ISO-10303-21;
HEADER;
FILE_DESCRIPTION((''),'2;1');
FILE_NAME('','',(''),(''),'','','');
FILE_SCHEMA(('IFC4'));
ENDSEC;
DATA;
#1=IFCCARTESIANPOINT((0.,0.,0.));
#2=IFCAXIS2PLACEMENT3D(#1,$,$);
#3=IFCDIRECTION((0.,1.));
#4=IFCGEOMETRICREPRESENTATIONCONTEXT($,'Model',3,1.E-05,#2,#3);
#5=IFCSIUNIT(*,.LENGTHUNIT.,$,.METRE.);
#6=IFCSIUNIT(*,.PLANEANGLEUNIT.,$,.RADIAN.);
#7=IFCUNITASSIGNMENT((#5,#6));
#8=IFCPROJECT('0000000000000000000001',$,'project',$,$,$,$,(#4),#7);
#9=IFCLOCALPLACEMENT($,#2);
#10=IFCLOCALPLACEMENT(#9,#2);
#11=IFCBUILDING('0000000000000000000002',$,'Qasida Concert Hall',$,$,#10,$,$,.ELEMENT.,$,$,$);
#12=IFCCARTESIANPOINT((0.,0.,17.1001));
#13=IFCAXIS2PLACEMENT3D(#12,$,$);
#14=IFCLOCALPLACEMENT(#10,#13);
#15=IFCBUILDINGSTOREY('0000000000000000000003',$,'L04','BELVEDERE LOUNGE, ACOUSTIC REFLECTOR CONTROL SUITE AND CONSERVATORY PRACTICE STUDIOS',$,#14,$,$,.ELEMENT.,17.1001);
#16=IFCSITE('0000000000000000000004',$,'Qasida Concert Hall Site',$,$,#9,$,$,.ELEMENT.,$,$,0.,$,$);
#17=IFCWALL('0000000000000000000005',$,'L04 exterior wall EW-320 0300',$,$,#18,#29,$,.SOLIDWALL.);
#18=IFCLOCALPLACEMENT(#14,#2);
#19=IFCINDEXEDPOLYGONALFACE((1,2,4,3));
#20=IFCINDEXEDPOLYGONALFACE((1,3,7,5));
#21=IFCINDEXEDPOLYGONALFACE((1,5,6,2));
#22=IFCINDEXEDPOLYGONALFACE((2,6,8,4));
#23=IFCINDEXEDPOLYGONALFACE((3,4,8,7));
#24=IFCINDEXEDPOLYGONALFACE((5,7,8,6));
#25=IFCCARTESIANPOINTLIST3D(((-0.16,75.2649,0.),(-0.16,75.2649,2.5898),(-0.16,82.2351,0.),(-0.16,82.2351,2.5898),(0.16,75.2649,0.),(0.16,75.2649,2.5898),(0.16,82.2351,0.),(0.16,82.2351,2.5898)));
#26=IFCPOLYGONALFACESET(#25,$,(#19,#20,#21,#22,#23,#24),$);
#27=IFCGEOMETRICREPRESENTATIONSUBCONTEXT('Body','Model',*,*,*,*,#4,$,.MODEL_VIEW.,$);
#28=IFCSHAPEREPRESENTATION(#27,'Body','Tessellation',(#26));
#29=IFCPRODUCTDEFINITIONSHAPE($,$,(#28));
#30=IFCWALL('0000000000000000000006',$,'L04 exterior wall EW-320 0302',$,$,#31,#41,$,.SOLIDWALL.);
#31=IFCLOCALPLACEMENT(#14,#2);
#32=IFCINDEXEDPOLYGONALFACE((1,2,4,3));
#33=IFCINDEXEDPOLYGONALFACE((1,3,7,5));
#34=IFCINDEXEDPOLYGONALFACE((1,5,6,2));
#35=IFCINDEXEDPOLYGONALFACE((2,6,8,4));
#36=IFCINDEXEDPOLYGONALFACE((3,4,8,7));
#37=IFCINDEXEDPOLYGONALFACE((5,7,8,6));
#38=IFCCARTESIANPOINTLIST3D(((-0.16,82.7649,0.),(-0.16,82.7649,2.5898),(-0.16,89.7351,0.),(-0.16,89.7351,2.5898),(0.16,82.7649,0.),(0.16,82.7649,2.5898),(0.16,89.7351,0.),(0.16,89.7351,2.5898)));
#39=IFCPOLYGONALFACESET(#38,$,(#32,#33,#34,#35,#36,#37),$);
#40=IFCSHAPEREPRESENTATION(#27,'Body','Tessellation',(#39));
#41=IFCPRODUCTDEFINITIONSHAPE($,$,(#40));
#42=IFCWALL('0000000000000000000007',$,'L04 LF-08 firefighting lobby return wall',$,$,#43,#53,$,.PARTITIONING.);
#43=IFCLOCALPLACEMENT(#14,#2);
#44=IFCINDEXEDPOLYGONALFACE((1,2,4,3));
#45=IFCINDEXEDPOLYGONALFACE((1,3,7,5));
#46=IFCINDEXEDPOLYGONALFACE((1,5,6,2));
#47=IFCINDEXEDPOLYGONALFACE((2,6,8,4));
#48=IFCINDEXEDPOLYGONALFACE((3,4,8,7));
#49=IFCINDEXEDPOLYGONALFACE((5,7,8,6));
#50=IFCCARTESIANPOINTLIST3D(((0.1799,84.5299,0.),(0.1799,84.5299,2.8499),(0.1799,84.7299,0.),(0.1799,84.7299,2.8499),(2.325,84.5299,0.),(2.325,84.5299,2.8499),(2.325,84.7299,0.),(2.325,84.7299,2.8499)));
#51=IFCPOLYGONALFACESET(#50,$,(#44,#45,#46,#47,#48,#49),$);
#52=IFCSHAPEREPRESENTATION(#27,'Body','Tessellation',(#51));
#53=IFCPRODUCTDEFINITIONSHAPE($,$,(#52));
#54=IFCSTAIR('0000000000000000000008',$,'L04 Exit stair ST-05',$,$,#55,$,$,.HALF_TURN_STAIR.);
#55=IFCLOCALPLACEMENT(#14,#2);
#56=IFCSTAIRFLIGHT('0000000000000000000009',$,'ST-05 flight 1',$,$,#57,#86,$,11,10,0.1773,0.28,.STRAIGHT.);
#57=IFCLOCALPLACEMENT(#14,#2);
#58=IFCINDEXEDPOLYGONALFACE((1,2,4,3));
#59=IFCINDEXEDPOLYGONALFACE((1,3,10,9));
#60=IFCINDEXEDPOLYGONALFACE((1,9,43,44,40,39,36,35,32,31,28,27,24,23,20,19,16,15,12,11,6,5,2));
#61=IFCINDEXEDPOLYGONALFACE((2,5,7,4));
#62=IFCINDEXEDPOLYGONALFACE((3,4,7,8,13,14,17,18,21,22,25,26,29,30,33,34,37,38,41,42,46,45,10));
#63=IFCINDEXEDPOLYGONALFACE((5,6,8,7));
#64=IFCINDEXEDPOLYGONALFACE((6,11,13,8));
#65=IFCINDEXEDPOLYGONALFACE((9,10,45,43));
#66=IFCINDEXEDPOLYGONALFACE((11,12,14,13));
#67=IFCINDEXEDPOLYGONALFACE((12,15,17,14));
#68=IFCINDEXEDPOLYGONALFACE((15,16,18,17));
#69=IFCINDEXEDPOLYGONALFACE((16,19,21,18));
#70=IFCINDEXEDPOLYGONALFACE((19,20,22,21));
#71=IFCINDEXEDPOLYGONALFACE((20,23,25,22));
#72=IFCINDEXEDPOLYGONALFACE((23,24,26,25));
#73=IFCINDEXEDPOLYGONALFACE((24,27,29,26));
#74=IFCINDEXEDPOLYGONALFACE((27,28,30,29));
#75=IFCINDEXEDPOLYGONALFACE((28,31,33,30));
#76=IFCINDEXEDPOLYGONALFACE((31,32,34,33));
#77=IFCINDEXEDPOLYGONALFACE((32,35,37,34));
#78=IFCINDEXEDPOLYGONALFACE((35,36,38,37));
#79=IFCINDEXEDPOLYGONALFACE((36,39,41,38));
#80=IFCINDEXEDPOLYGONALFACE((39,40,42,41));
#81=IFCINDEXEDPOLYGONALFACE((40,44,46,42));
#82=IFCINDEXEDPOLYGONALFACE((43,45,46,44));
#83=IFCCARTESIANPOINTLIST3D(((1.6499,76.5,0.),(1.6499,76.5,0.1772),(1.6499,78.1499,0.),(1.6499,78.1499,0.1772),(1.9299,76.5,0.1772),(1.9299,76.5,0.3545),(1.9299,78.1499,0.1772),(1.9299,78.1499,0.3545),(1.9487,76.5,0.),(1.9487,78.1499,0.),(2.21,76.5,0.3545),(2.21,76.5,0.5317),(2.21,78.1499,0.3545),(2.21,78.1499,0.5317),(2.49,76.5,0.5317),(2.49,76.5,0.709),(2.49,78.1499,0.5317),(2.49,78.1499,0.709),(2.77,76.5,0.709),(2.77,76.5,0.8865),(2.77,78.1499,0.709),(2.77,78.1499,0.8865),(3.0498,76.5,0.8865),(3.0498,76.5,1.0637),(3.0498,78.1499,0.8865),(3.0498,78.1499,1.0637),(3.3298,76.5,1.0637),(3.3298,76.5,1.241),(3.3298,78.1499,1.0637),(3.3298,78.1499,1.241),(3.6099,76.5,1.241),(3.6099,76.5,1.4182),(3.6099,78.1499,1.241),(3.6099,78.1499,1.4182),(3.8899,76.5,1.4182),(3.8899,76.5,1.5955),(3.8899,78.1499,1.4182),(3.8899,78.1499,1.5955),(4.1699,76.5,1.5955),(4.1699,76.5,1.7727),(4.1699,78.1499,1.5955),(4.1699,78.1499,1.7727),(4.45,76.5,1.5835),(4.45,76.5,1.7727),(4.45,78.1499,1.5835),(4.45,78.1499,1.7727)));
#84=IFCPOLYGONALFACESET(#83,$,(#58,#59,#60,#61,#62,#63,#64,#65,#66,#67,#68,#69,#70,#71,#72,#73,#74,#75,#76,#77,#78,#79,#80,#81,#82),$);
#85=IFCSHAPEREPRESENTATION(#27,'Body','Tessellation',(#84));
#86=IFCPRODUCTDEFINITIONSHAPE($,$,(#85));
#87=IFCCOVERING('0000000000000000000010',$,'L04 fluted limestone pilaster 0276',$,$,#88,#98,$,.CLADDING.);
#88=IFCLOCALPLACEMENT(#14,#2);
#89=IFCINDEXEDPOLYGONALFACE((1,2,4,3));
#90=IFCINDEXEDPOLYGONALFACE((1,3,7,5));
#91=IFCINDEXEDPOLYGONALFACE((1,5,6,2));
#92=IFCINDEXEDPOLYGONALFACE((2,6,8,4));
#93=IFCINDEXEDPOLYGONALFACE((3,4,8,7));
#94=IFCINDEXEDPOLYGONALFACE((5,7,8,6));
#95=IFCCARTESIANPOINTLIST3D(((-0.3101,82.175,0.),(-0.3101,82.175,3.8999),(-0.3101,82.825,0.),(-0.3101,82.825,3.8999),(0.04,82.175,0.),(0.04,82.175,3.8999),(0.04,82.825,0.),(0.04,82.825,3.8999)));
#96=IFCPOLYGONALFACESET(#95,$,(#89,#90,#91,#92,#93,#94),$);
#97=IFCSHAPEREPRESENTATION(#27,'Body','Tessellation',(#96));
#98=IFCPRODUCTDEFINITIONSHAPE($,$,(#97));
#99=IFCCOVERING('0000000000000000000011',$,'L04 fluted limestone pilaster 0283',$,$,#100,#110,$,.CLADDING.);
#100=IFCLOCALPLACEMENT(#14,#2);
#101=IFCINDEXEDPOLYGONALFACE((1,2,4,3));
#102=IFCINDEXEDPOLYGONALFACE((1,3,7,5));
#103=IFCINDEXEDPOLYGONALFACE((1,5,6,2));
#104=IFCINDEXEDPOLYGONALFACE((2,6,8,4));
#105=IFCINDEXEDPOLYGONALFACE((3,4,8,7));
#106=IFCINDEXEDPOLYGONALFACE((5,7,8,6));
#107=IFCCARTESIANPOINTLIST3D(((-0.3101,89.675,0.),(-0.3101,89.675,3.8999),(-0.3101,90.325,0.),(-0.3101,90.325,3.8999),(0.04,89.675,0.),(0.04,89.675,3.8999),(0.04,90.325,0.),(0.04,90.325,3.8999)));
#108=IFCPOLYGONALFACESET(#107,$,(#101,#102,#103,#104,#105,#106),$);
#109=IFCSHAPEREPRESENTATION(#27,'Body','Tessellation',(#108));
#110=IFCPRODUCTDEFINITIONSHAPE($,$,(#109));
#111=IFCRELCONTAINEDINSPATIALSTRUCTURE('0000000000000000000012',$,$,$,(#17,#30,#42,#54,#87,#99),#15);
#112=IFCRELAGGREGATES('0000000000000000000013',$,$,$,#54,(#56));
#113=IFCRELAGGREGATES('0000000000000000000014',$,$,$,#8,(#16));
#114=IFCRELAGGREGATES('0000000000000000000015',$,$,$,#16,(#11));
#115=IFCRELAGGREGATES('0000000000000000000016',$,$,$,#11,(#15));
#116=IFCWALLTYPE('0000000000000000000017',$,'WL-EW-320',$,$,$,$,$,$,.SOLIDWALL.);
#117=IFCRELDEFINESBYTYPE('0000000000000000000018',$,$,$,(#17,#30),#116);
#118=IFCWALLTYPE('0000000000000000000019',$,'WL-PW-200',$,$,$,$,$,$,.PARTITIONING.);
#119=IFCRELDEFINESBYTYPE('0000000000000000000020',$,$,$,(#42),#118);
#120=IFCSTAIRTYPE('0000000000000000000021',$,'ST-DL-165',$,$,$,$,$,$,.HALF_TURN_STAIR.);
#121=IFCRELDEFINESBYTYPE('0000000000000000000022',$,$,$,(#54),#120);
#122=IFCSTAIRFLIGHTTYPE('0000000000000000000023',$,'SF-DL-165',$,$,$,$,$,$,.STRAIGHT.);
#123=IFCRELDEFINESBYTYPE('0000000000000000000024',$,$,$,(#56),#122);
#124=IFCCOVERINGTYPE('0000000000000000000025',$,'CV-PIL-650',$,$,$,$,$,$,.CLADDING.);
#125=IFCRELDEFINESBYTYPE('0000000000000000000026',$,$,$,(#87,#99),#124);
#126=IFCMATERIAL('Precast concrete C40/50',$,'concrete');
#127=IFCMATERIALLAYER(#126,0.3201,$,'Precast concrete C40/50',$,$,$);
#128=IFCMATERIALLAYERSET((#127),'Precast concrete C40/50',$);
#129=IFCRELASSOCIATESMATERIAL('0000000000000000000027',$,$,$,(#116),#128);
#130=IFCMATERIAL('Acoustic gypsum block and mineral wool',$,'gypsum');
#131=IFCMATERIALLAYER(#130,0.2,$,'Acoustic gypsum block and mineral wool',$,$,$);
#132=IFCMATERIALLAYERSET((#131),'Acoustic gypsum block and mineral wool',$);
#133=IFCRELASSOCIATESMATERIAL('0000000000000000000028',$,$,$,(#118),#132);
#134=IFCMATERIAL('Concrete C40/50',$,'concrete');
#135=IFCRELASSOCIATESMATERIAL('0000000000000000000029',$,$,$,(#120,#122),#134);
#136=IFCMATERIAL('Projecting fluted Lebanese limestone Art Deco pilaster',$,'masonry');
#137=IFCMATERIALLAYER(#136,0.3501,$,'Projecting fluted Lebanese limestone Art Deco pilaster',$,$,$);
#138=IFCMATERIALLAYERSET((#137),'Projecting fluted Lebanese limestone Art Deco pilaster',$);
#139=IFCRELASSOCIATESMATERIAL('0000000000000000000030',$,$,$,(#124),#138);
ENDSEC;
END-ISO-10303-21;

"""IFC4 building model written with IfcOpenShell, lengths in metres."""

from ifc_helpers import new_model, si_unit, direction, frame, frame_2d, origin, origin_2d, place, context, subcontext, project, spatial, polyline, rectangle, outline, extrude, material, layer, layer_set, type_object, element, aggregate, save


model = new_model("IFC4")

# Units and contexts
model_context = context("Model", 3, precision=1e-05, world=origin(), true_north=direction((0.0, 1.0)))
body_context = subcontext(model_context, "Body", "Model", "MODEL_VIEW")
ifc_project = project(units=[si_unit("LENGTHUNIT", "METRE"), si_unit("PLANEANGLEUNIT", "RADIAN")], contexts=[model_context])

# Site, building, storey
site_placement = place(None, origin())
site = spatial("IfcSite", under=ifc_project, at=site_placement, Name="Qasida Concert Hall Site", CompositionType="ELEMENT", RefElevation=0.0)
building_placement = place(site_placement, origin())
building = spatial("IfcBuilding", under=site, at=building_placement, Name="Qasida Concert Hall", CompositionType="ELEMENT")
storey_placement = place(building_placement, frame((0.0, 0.0, 17.1001)))
storey = spatial("IfcBuildingStorey", under=building, at=storey_placement, Name="L04", Description="BELVEDERE LOUNGE, ACOUSTIC REFLECTOR CONTROL SUITE AND CONSERVATORY PRACTICE STUDIOS", CompositionType="ELEMENT", Elevation=17.1001)

# Shared definitions
ifc_material_1 = material(Name="Concrete C40/50", Category="concrete")

# Walls
ifc_material_2 = material(Name="Precast concrete C40/50", Category="concrete")
ifc_layer_1 = layer(ifc_material_2, 0.3201, Name="Precast concrete C40/50")
ifc_layer_set_1 = layer_set([ifc_layer_1], Name="Precast concrete C40/50")
wall_type_1 = type_object("IfcWallType", Name="WL-EW-320", PredefinedType="SOLIDWALL", material=ifc_layer_set_1)
for number, where, z_axis, x_axis, name in (
    (1, (0.0, 75.2649, 0.0), (0.0, 0.0, 1.0), (0.0, 1.0, 0.0), "L04 exterior wall EW-320 0300"),
    (2, (0.0, 82.7649, 0.0), (0.0, 0.0, 1.0), (0.0, 1.0, 0.0), "L04 exterior wall EW-320 0302"),
):
    element("IfcWall", number, at=place(storey_placement, frame(where, z_axis=z_axis, x_axis=x_axis)), inside=storey, type_object=wall_type_1, Name=name, PredefinedType="SOLIDWALL", context=body_context, shape_type="SweptSolid", body=[
        extrude(rectangle(XDim=6.9702, YDim=0.3201, at=frame_2d((3.4851, 0.0))), origin(), (0.0, 0.0, 1.0), 2.5898),
    ])
ifc_material_3 = material(Name="Acoustic gypsum block and mineral wool", Category="gypsum")
ifc_layer_2 = layer(ifc_material_3, 0.2, Name="Acoustic gypsum block and mineral wool")
ifc_layer_set_2 = layer_set([ifc_layer_2], Name="Acoustic gypsum block and mineral wool")
wall_type_2 = type_object("IfcWallType", Name="WL-PW-200", PredefinedType="PARTITIONING", material=ifc_layer_set_2)
wall_1_placement = place(storey_placement, frame((0.1799, 84.6299, 0.0), z_axis=(0.0, 0.0, 1.0), x_axis=(1.0, 0.0, 0.0)))
element("IfcWall", 3, at=wall_1_placement, inside=storey, type_object=wall_type_2, Name="L04 LF-08 firefighting lobby return wall", PredefinedType="PARTITIONING", context=body_context, shape_type="SweptSolid", body=[
    extrude(rectangle(XDim=2.145, YDim=0.2, at=frame_2d((1.0725, 0.0))), origin(), (0.0, 0.0, 1.0), 2.8499),
])

# Stair, stair flight
stair_type = type_object("IfcStairType", Name="ST-DL-165", PredefinedType="HALF_TURN_STAIR", material=ifc_material_1)
stair_placement = place(storey_placement, origin())
stair = element("IfcStair", 4, at=stair_placement, inside=storey, type_object=stair_type, Name="L04 Exit stair ST-05", PredefinedType="HALF_TURN_STAIR")
stair_flight_type = type_object("IfcStairFlightType", Name="SF-DL-165", PredefinedType="STRAIGHT", material=ifc_material_1)
stair_flight_placement = place(storey_placement, frame((1.6499, 77.325, 0.0), z_axis=(0.0, 0.0, 1.0), x_axis=(1.0, 0.0, 0.0)))
stair_flight = element("IfcStairFlight", 5, at=stair_flight_placement, type_object=stair_flight_type, Name="ST-05 flight 1", NumberOfRisers=11, NumberOfTreads=10, PredefinedType="STRAIGHT", RiserHeight=0.1773, TreadLength=0.28, context=body_context, shape_type="SweptSolid", body=[
    extrude(outline(polyline([(0.0, 0.0), (0.0, 0.1772), (0.28, 0.1772), (0.28, 0.3545), (0.5601, 0.3545), (0.5601, 0.5317), (0.8401, 0.5317), (0.8401, 0.709), (1.1201, 0.709), (1.1201, 0.8865), (1.3999, 0.8865), (1.3999, 1.0637), (1.6799, 1.0637), (1.6799, 1.241), (1.96, 1.241), (1.96, 1.4182), (2.24, 1.4182), (2.24, 1.5955), (2.52, 1.5955), (2.52, 1.7727), (2.8, 1.7727), (2.8, 1.95), (2.8, 1.5835), (0.2988, 0.0), (0.0, 0.0)])), frame((0.0, 0.825, 0.0), z_axis=(0.0, -1.0, 0.0), x_axis=(1.0, 0.0, 0.0)), (0.0, 0.0, 1.0), 1.6499),
])
aggregate(stair, [stair_flight])

# Coverings
ifc_material_4 = material(Name="Projecting fluted Lebanese limestone Art Deco pilaster", Category="masonry")
ifc_layer_3 = layer(ifc_material_4, 0.3501, Name="Projecting fluted Lebanese limestone Art Deco pilaster")
ifc_layer_set_3 = layer_set([ifc_layer_3], Name="Projecting fluted Lebanese limestone Art Deco pilaster")
covering_type = type_object("IfcCoveringType", Name="CV-PIL-650", PredefinedType="CLADDING", material=ifc_layer_set_3)
for number, where, z_axis, x_axis, name in (
    (6, (-0.135, 82.5, 0.0), (0.0, 0.0, 1.0), (1.0, 0.0, 0.0), "L04 fluted limestone pilaster 0276"),
    (7, (-0.135, 90.0, 0.0), (0.0, 0.0, 1.0), (1.0, 0.0, 0.0), "L04 fluted limestone pilaster 0283"),
):
    element("IfcCovering", number, at=place(storey_placement, frame(where, z_axis=z_axis, x_axis=x_axis)), inside=storey, type_object=covering_type, Name=name, PredefinedType="CLADDING", context=body_context, shape_type="SweptSolid", body=[
        extrude(rectangle(XDim=0.3501, YDim=0.6499, at=origin_2d()), origin(), (0.0, 0.0, 1.0), 3.8999),
    ])

save(model, "model.ifc")
